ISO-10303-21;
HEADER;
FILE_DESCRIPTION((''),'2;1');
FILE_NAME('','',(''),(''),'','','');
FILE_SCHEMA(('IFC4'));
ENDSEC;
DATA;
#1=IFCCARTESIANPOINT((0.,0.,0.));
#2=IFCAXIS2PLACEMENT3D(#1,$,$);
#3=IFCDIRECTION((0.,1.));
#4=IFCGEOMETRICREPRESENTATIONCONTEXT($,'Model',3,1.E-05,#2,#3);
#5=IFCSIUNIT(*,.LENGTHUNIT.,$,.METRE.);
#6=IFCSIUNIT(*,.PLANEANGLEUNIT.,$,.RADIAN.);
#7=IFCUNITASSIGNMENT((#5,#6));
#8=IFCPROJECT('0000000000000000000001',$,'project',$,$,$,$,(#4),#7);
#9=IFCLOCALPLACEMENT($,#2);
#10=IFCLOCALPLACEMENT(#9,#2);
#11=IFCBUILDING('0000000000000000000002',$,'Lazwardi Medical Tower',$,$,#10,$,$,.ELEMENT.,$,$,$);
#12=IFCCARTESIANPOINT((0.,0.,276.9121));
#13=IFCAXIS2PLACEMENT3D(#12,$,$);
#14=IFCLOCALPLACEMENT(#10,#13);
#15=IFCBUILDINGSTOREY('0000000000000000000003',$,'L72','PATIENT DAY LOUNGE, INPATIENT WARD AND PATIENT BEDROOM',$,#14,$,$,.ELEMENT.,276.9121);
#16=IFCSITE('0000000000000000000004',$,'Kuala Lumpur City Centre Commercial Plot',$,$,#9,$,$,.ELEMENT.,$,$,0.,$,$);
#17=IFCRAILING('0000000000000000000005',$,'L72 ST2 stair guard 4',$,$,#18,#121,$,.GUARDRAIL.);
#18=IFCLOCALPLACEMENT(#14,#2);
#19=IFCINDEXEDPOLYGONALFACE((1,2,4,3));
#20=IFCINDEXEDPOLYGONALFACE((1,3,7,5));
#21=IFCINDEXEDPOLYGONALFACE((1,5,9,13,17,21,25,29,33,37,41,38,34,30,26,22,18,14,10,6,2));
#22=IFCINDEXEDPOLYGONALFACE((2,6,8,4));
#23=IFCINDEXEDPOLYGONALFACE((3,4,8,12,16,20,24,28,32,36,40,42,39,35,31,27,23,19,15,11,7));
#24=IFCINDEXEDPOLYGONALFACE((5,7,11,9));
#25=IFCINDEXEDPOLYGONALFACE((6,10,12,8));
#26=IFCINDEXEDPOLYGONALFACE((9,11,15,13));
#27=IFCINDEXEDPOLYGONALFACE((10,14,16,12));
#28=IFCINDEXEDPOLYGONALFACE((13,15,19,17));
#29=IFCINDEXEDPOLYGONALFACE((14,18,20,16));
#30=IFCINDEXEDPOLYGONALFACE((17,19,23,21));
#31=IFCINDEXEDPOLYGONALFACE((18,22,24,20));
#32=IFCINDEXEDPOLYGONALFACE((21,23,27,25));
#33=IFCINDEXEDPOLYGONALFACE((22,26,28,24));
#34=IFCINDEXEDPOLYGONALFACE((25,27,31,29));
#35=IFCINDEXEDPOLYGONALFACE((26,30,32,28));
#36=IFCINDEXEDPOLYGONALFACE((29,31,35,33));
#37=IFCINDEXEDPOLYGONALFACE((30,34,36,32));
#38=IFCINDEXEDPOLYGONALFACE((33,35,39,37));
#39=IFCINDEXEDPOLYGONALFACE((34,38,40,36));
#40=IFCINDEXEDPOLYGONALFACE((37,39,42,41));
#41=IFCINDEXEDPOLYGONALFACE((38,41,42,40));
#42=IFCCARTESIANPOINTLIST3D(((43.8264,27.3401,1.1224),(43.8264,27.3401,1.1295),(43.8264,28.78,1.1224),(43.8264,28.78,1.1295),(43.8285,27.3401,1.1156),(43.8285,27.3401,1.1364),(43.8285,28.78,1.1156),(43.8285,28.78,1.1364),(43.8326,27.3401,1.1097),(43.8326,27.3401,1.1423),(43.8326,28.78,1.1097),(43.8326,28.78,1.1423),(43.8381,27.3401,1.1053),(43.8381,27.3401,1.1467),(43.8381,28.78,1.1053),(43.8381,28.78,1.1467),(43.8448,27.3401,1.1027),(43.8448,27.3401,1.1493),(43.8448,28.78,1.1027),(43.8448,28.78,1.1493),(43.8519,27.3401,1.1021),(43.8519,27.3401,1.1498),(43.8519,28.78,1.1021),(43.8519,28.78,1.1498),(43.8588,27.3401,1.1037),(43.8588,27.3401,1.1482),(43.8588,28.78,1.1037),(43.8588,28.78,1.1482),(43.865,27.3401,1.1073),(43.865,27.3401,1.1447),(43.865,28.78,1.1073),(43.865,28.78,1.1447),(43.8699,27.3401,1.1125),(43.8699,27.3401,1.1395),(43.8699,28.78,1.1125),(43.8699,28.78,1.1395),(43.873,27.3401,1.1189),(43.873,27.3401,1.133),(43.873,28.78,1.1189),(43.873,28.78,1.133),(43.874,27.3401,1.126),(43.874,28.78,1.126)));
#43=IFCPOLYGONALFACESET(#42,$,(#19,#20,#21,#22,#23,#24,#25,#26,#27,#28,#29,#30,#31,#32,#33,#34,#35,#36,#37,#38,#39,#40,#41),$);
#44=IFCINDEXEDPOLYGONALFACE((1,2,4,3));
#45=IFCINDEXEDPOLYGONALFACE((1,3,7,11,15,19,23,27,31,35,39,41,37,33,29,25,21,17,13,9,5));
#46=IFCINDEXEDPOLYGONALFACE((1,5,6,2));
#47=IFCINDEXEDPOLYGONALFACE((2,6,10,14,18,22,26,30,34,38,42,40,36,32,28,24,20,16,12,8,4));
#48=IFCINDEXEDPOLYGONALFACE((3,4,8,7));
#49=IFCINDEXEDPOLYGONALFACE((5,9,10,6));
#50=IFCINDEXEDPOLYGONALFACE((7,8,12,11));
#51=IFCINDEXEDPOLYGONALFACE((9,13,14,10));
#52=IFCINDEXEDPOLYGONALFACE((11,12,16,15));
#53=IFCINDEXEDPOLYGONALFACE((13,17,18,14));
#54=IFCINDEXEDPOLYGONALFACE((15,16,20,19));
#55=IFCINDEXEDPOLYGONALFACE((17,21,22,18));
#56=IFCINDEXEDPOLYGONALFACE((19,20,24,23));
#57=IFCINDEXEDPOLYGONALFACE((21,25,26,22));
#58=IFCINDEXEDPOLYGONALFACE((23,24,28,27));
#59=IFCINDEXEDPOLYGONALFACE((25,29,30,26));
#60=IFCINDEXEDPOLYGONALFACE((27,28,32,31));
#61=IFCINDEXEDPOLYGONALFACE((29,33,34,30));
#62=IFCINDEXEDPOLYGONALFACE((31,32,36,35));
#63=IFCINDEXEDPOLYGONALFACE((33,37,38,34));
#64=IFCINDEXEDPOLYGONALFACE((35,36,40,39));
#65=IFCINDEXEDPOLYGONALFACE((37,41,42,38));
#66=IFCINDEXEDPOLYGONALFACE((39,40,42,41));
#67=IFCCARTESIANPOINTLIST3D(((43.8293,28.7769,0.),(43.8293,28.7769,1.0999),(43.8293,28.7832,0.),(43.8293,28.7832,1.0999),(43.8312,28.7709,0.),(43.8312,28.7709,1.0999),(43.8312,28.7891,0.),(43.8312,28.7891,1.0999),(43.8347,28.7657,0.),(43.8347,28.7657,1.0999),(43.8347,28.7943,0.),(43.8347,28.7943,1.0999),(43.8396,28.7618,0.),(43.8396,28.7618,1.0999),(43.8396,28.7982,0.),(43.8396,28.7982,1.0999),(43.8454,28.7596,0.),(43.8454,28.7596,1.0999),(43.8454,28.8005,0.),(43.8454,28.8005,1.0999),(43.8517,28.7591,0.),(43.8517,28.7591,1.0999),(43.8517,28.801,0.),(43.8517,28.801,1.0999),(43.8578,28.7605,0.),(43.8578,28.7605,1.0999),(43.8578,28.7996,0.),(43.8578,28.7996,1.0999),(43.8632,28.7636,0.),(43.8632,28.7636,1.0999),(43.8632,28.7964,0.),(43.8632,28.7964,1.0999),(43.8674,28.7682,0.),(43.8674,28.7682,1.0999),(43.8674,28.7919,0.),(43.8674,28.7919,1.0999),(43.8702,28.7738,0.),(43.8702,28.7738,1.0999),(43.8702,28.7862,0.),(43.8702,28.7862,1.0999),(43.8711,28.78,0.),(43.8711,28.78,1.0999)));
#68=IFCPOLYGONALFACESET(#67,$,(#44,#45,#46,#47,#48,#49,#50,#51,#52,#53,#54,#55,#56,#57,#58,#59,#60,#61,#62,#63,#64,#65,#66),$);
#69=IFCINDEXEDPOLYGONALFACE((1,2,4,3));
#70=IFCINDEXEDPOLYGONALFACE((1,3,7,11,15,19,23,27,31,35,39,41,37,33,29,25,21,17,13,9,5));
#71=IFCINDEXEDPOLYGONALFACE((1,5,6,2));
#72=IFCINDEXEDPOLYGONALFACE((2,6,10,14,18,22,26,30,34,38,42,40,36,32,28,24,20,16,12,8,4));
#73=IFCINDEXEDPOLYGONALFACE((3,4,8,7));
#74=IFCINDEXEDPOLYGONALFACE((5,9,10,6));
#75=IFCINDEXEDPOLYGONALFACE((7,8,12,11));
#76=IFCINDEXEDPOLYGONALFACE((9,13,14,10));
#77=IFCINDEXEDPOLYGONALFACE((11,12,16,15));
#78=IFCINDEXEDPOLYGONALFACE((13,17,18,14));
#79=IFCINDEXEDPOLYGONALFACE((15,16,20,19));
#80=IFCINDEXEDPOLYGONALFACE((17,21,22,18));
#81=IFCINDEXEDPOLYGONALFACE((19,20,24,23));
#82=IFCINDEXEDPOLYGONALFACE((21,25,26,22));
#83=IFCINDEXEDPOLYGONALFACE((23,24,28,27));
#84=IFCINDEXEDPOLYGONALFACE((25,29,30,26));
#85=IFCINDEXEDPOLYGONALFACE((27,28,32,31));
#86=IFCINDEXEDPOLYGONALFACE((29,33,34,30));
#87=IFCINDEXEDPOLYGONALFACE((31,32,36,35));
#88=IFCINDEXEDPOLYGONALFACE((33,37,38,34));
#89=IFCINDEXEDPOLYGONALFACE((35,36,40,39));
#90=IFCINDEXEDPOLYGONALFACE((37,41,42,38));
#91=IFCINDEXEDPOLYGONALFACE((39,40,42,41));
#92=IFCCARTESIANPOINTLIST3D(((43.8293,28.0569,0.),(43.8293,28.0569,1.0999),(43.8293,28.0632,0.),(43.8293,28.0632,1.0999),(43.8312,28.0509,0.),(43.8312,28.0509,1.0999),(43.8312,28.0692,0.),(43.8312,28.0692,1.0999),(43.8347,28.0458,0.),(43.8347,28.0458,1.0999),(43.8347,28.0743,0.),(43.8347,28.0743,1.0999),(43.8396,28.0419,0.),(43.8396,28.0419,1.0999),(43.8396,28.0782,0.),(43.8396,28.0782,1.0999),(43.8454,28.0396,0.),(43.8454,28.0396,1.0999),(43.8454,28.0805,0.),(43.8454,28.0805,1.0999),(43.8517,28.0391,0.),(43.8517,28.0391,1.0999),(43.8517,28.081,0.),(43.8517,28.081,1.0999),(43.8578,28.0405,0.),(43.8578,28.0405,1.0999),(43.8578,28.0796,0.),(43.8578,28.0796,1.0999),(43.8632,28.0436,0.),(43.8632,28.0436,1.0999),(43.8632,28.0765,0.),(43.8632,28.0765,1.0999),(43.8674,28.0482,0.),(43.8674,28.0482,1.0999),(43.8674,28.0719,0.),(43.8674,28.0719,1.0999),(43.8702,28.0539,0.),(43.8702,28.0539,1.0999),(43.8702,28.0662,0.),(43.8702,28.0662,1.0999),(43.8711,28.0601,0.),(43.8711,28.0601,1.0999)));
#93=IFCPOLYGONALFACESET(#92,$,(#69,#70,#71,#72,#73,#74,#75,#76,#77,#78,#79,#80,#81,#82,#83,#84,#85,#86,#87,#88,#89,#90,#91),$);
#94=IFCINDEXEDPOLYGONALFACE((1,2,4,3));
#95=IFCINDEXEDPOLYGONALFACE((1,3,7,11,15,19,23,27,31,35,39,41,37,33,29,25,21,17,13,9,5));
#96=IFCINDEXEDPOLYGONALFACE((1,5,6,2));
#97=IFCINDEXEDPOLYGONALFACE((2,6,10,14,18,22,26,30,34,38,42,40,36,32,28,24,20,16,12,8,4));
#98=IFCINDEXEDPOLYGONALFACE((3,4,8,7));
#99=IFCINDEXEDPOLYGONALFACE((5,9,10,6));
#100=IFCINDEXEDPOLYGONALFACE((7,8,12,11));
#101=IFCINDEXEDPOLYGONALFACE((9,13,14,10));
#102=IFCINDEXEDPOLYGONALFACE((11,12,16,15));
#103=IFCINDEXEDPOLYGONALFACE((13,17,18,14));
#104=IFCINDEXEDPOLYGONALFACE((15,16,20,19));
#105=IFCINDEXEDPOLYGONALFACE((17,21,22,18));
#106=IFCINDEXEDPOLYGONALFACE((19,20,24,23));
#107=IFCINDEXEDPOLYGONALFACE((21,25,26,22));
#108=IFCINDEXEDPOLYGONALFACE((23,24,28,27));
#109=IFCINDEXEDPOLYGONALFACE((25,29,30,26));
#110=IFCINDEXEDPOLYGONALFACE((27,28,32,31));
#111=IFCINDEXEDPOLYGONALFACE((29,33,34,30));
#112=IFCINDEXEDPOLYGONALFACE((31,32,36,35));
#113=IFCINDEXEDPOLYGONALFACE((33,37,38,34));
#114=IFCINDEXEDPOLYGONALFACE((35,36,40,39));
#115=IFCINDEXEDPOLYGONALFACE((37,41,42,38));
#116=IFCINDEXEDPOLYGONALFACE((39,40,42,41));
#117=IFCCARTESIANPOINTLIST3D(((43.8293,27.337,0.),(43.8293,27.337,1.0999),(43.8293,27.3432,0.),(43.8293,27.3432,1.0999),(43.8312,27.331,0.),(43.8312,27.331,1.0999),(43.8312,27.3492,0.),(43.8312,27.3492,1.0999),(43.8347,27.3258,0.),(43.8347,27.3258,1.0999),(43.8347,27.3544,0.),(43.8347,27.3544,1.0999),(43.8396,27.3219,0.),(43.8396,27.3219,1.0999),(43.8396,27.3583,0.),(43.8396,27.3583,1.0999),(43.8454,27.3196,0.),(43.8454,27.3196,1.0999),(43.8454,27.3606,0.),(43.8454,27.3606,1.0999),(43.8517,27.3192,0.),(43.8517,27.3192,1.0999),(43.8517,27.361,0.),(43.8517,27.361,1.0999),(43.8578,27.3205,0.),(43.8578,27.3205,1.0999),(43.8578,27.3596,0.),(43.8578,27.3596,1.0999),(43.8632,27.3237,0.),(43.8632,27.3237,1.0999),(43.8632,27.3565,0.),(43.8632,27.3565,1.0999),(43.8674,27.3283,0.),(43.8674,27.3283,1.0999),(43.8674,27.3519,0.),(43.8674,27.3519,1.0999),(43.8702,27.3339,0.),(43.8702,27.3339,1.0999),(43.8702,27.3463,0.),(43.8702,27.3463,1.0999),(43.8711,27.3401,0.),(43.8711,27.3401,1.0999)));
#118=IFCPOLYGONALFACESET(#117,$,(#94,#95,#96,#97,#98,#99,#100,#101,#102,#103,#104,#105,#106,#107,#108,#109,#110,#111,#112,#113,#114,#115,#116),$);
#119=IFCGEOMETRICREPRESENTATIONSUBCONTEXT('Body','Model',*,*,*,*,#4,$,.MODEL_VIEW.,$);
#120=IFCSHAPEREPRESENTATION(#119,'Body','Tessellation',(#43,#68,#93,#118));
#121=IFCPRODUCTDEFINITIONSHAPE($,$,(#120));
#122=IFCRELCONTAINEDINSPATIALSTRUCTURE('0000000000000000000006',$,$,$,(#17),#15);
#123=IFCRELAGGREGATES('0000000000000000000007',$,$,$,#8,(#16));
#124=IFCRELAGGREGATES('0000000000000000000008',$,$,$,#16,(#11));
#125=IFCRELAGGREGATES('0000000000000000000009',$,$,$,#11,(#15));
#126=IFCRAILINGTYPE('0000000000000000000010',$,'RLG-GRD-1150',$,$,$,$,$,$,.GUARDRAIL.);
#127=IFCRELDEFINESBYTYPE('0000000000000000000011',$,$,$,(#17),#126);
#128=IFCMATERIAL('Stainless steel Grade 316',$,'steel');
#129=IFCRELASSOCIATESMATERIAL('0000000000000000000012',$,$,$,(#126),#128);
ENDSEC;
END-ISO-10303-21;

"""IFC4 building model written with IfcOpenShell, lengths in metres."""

from ifc_helpers import new_model, si_unit, direction, frame, origin, origin_2d, place, context, subcontext, project, spatial, circle, extrude, material, type_object, element, save


model = new_model("IFC4")

# Units and contexts
model_context = context("Model", 3, precision=1e-05, world=origin(), true_north=direction((0.0, 1.0)))
body_context = subcontext(model_context, "Body", "Model", "MODEL_VIEW")
ifc_project = project(units=[si_unit("LENGTHUNIT", "METRE"), si_unit("PLANEANGLEUNIT", "RADIAN")], contexts=[model_context])

# Site, building, storey
site_placement = place(None, origin())
site = spatial("IfcSite", under=ifc_project, at=site_placement, Name="Kuala Lumpur City Centre Commercial Plot", CompositionType="ELEMENT", RefElevation=0.0)
building_placement = place(site_placement, origin())
building = spatial("IfcBuilding", under=site, at=building_placement, Name="Lazwardi Medical Tower", CompositionType="ELEMENT")
storey_placement = place(building_placement, frame((0.0, 0.0, 276.9121)))
storey = spatial("IfcBuildingStorey", under=building, at=storey_placement, Name="L72", Description="PATIENT DAY LOUNGE, INPATIENT WARD AND PATIENT BEDROOM", CompositionType="ELEMENT", Elevation=276.9121)

# Railing
ifc_material_1 = material(Name="Stainless steel Grade 316", Category="steel")
railing_type_1 = type_object("IfcRailingType", Name="RLG-GRD-1150", PredefinedType="GUARDRAIL", material=ifc_material_1)
railing_1_placement = place(storey_placement, frame((43.8501, 28.78, 0.0)))
element("IfcRailing", 1, at=railing_1_placement, inside=storey, type_object=railing_type_1, Name="L72 ST2 stair guard 4", PredefinedType="GUARDRAIL", context=body_context, shape_type="SweptSolid", body=[
    extrude(circle(Radius=0.0239, at=origin_2d()), frame((0.0, 0.0, 1.126), z_axis=(0.0, -1.0, 0.0), x_axis=(1.0, 0.0, 0.0)), (0.0, 0.0, 1.0), 1.4399),
    extrude(circle(Radius=0.021, at=origin_2d()), origin(), (0.0, 0.0, 1.0), 1.0999),
    extrude(circle(Radius=0.021, at=origin_2d()), frame((0.0, -0.72, 0.0)), (0.0, 0.0, 1.0), 1.0999),
    extrude(circle(Radius=0.021, at=origin_2d()), frame((0.0, -1.4399, 0.0)), (0.0, 0.0, 1.0), 1.0999),
])

save(model, "model.ifc")
